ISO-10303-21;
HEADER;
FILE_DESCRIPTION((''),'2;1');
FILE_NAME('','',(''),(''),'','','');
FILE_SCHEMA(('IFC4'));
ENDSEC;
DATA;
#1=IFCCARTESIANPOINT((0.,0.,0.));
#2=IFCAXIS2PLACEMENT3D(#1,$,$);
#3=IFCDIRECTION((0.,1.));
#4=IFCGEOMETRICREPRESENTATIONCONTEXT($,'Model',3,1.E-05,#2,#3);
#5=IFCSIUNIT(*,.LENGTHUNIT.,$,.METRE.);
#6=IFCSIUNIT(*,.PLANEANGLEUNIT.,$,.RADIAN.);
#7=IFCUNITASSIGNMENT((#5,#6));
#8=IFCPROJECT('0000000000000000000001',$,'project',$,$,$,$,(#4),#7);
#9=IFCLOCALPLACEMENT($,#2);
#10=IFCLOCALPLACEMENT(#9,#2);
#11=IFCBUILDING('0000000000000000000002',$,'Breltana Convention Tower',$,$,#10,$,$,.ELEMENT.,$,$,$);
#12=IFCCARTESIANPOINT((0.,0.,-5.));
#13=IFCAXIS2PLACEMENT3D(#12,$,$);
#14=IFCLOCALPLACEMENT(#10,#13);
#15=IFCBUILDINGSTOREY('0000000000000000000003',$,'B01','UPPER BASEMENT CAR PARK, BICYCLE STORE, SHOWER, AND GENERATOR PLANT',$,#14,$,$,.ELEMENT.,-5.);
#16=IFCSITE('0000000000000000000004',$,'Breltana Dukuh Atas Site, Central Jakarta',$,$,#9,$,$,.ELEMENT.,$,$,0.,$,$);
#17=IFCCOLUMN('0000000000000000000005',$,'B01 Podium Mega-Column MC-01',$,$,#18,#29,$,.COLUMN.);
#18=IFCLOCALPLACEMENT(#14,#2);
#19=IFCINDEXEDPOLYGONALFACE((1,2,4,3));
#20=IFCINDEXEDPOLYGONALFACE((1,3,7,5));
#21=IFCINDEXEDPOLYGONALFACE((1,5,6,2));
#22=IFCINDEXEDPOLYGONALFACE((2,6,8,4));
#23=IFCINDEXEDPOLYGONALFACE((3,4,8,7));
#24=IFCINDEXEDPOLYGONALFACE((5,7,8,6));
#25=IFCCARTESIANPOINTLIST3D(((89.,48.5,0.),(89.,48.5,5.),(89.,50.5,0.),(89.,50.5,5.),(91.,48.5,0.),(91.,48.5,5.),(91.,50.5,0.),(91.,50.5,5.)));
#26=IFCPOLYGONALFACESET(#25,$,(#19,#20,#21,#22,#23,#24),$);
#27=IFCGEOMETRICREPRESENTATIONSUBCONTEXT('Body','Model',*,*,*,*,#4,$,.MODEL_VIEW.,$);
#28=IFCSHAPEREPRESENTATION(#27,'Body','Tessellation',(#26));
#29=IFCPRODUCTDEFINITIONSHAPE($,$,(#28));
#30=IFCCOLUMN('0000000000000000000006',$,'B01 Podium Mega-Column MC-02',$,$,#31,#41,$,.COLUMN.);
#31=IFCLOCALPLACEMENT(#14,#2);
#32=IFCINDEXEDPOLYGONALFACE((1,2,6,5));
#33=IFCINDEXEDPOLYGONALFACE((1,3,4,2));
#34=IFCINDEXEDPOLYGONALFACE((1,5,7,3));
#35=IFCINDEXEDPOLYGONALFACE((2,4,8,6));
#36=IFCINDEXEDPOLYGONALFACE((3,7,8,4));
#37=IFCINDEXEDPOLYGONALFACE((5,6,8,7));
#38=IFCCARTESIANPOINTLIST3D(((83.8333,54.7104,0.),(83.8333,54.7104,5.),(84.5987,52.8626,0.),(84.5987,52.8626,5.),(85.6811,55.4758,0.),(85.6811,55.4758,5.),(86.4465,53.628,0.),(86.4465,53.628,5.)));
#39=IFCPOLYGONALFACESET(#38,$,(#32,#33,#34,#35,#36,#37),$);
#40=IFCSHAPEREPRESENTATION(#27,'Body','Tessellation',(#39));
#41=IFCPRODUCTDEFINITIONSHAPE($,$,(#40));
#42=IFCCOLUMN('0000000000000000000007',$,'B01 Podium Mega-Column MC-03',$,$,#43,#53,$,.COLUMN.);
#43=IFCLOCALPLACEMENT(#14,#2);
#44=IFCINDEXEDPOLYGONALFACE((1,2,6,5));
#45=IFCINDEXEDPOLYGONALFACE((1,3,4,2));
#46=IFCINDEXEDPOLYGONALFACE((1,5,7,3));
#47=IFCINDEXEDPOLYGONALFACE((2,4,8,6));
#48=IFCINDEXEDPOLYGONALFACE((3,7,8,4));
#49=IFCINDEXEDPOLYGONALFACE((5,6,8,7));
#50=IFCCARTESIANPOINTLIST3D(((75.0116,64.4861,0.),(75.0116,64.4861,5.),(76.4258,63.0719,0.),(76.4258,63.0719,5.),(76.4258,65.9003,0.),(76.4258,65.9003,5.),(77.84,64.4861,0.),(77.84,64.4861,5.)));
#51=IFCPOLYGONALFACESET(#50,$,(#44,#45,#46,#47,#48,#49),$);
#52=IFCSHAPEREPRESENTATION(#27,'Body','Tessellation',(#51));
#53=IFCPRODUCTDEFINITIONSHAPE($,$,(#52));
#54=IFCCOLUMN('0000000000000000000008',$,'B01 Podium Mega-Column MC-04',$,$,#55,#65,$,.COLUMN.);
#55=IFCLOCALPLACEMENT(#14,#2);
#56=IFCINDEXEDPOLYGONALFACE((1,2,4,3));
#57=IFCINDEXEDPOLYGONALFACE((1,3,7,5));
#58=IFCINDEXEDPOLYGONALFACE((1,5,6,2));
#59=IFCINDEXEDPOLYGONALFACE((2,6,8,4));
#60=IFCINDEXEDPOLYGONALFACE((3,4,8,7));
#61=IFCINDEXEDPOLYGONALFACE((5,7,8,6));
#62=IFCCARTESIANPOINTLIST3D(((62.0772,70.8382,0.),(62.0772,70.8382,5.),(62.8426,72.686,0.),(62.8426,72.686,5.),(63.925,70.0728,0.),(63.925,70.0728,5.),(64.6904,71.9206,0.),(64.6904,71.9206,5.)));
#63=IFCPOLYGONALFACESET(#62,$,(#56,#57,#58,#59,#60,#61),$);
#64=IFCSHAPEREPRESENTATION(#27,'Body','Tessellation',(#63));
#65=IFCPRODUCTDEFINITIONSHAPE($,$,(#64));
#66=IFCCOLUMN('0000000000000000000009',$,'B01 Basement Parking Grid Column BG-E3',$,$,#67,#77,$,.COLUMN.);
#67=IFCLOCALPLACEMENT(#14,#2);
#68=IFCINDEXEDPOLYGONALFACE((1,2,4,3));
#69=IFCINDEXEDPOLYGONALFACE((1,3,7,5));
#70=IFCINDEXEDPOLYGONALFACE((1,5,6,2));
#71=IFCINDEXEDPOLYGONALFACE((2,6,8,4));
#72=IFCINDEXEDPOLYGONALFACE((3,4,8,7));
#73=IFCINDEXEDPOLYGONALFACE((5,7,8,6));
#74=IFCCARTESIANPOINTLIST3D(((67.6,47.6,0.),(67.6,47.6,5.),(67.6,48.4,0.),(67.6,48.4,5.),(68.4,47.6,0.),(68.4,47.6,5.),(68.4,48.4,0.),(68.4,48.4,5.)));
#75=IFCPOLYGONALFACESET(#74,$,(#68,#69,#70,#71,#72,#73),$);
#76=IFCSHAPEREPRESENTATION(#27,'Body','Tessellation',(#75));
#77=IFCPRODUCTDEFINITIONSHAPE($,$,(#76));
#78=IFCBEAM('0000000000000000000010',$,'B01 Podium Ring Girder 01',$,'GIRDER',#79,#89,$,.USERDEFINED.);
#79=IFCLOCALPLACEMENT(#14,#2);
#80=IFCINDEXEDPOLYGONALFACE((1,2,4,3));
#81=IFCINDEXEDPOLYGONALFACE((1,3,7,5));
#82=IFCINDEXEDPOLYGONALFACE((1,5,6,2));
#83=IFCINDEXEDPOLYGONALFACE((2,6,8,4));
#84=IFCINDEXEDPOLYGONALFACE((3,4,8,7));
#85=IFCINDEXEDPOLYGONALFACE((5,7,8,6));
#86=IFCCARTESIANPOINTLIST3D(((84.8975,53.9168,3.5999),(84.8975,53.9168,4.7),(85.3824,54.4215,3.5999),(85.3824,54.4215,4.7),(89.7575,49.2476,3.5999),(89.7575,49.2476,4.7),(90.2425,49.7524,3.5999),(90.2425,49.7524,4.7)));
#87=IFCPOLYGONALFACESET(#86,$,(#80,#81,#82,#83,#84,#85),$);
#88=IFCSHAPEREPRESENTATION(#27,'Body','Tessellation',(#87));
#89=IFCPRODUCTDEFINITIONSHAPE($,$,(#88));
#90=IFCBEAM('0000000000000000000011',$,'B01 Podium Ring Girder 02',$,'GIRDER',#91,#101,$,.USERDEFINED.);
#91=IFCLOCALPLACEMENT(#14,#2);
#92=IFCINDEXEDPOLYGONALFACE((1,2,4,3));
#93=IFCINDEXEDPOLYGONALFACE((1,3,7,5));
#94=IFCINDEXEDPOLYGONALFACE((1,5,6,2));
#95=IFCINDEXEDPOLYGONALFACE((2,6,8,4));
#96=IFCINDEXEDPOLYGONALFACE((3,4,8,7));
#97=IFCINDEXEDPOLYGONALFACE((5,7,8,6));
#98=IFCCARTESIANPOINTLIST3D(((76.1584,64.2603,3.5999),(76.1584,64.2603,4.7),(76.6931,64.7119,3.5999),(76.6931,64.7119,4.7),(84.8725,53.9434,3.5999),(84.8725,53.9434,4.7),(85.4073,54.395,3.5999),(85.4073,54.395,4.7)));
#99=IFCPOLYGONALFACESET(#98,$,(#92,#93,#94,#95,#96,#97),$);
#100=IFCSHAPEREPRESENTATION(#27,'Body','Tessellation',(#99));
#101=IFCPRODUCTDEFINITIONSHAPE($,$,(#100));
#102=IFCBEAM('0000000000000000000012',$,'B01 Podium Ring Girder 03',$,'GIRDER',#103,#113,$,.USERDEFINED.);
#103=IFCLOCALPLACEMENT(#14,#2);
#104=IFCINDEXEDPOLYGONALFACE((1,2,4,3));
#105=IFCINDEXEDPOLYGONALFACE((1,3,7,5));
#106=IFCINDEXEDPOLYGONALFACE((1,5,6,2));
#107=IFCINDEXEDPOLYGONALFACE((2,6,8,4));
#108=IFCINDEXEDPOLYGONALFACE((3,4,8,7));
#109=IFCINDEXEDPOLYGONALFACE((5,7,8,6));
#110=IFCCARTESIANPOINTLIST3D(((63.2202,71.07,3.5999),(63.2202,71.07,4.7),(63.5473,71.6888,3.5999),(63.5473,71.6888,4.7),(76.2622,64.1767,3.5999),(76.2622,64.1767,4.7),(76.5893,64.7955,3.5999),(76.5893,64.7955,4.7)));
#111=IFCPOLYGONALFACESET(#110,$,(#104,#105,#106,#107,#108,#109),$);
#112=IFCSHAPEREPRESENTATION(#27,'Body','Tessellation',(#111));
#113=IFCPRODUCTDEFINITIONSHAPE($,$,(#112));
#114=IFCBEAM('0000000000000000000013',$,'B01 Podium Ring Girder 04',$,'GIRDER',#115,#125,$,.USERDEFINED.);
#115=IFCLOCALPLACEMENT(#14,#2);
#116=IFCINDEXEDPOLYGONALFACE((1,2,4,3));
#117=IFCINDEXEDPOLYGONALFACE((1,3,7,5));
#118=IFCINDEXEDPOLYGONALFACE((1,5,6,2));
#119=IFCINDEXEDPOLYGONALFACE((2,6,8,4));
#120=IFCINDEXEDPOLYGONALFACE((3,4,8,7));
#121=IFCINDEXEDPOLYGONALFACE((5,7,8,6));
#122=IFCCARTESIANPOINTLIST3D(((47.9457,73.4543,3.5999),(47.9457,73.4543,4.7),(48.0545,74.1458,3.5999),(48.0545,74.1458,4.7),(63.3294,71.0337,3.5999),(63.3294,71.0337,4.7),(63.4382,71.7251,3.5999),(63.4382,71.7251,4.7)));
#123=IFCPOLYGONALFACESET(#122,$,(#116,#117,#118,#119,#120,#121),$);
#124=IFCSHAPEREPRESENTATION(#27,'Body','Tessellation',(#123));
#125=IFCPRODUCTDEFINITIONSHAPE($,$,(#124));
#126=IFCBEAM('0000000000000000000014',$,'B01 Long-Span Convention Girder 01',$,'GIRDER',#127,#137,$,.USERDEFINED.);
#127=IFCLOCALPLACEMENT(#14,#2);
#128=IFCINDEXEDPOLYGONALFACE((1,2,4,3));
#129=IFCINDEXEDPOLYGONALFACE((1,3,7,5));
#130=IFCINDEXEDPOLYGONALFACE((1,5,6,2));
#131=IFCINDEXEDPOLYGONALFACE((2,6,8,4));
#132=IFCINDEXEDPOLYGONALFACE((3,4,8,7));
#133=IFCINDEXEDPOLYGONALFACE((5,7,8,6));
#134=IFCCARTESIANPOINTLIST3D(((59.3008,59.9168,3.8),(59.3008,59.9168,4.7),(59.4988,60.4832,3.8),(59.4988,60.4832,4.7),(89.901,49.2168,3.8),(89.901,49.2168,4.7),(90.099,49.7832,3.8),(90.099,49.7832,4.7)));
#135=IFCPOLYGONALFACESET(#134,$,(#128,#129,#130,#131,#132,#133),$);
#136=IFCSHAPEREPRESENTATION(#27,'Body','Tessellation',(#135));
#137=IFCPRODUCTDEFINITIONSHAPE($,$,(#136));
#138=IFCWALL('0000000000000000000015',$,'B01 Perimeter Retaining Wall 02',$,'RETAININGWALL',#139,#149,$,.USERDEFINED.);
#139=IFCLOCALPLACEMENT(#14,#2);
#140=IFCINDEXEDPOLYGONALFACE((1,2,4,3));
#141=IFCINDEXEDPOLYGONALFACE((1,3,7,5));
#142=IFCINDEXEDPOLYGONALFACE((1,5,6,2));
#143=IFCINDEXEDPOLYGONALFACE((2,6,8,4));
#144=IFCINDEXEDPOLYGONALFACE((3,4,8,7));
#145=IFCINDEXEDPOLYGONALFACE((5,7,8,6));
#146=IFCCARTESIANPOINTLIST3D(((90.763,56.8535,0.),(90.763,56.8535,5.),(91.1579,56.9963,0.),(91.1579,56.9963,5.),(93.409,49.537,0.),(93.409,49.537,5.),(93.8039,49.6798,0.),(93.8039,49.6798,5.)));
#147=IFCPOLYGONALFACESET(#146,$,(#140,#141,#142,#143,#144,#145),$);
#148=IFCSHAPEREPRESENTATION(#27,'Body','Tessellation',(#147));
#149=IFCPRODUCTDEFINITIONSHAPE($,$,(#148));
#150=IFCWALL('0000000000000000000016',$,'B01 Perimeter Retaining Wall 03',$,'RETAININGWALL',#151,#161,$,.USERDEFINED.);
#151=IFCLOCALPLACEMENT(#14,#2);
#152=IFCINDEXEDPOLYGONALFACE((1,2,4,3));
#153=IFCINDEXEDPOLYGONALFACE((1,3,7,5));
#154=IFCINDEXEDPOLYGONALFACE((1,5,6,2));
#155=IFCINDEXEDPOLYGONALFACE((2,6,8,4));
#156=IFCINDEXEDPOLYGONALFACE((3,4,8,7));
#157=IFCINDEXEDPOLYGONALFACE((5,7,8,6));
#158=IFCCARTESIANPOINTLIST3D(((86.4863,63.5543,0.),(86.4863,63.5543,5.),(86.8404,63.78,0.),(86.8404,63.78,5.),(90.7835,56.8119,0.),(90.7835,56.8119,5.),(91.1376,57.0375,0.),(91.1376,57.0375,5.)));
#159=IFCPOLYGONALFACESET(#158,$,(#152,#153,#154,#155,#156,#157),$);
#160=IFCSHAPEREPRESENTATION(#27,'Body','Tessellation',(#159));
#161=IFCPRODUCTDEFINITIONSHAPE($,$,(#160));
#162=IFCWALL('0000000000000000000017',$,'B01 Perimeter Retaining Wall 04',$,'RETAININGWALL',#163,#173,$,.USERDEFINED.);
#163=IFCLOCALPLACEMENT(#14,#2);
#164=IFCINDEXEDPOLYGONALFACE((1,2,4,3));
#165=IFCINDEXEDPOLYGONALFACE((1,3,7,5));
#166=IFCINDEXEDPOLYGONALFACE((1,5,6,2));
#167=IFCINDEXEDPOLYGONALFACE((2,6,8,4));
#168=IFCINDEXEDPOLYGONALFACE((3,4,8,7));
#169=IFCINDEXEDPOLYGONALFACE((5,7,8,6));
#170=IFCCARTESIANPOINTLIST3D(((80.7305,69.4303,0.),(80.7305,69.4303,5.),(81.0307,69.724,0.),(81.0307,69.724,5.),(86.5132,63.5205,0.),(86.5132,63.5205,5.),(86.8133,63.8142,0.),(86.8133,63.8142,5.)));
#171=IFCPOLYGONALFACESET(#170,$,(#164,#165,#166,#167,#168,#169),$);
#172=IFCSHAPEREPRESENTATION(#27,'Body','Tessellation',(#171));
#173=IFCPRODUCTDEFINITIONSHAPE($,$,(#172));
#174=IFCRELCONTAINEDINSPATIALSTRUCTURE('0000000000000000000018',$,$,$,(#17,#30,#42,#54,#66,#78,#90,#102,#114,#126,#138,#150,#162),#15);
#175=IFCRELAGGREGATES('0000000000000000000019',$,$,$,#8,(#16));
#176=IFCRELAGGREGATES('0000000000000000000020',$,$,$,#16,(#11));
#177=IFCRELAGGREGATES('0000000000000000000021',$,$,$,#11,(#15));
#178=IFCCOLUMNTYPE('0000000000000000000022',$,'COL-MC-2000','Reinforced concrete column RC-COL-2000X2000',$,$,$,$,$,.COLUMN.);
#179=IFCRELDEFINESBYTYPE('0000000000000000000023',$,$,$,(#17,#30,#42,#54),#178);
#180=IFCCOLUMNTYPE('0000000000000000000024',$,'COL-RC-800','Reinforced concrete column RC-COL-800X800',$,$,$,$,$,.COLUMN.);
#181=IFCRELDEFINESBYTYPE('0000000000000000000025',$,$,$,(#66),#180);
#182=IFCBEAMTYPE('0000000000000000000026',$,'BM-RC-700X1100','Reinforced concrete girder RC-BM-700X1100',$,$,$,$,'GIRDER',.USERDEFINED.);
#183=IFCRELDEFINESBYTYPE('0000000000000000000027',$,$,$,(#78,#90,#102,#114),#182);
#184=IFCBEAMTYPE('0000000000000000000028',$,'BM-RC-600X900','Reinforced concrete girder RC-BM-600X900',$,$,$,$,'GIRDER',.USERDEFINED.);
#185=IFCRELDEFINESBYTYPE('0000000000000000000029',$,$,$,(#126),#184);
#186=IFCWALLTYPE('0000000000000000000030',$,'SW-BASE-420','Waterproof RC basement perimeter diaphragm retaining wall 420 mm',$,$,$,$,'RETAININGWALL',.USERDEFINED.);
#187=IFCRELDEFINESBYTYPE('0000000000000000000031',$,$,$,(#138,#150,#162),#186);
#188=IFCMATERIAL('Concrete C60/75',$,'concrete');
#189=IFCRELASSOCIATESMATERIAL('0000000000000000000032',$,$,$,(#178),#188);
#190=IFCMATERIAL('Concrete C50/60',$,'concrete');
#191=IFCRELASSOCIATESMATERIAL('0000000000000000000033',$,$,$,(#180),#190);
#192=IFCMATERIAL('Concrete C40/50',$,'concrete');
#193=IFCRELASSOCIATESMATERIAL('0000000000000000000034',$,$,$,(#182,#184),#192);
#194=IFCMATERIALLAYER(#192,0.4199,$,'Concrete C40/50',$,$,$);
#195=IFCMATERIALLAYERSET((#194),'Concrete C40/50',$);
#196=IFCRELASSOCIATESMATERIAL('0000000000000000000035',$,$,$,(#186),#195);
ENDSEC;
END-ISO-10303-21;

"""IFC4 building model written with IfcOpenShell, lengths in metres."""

from ifc_helpers import new_model, si_unit, direction, frame, frame_2d, origin, origin_2d, place, context, subcontext, project, spatial, rectangle, extrude, source, transform, mapped, material, layer, layer_set, material_profile, profile_set, type_object, type_shapes, element, save


model = new_model("IFC4")

# Units and contexts
model_context = context("Model", 3, precision=1e-05, world=origin(), true_north=direction((0.0, 1.0)))
body_context = subcontext(model_context, "Body", "Model", "MODEL_VIEW")
ifc_project = project(units=[si_unit("LENGTHUNIT", "METRE"), si_unit("PLANEANGLEUNIT", "RADIAN")], contexts=[model_context])

# Site, building, storey
site_placement = place(None, origin())
site = spatial("IfcSite", under=ifc_project, at=site_placement, Name="Breltana Dukuh Atas Site, Central Jakarta", CompositionType="ELEMENT", RefElevation=0.0)
building_placement = place(site_placement, origin())
building = spatial("IfcBuilding", under=site, at=building_placement, Name="Breltana Convention Tower", CompositionType="ELEMENT")
storey_placement = place(building_placement, frame((0.0, 0.0, -5.0)))
storey = spatial("IfcBuildingStorey", under=building, at=storey_placement, Name="B01", Description="UPPER BASEMENT CAR PARK, BICYCLE STORE, SHOWER, AND GENERATOR PLANT", CompositionType="ELEMENT", Elevation=-5.0)

# Columns
ifc_material_1 = material(Name="Concrete C60/75", Category="concrete")
ifc_material_profile_1 = material_profile(ifc_material_1, rectangle(XDim=2.0, YDim=2.0, at=origin_2d()), Name="RC-COL-2000X2000")
ifc_profile_set_1 = profile_set([ifc_material_profile_1], Name="Concrete C60/75")
column_type_1 = type_object("IfcColumnType", Name="COL-MC-2000", Description="Reinforced concrete column RC-COL-2000X2000", PredefinedType="COLUMN", material=ifc_profile_set_1)
shared_shape_1 = source(origin(), body_context, "Body", "SweptSolid", [
    extrude(rectangle(XDim=2.0, YDim=2.0, at=origin_2d()), origin(), (0.0, 0.0, 1.0), 5.0),
])
type_shapes(column_type_1, [shared_shape_1])
for number, where, z_axis, x_axis, name in (
    (1, (90.0, 49.5, 0.0), (0.0, 0.0, 1.0), (1.0, 0.0, 0.0), "B01 Podium Mega-Column MC-01"),
    (2, (85.1399, 54.1692, 0.0), (0.0, 0.0, 1.0), (0.92388, 0.382683, 0.0), "B01 Podium Mega-Column MC-02"),
    (3, (76.4258, 64.4861, 0.0), (0.0, 0.0, 1.0), (0.707107, 0.707107, 0.0), "B01 Podium Mega-Column MC-03"),
    (4, (63.3838, 71.3794, 0.0), (0.0, 0.0, 1.0), (0.382683, 0.92388, 0.0), "B01 Podium Mega-Column MC-04"),
):
    element("IfcColumn", number, at=place(storey_placement, frame(where, z_axis=z_axis, x_axis=x_axis)), inside=storey, type_object=column_type_1, Name=name, PredefinedType="COLUMN", context=body_context, shape_type="MappedRepresentation", body=[
        mapped(shared_shape_1, transform((0.0, 0.0, 0.0), scale=1.0)),
    ])
ifc_material_2 = material(Name="Concrete C50/60", Category="concrete")
ifc_material_profile_2 = material_profile(ifc_material_2, rectangle(XDim=0.8, YDim=0.8, at=origin_2d()), Name="RC-COL-800X800")
ifc_profile_set_2 = profile_set([ifc_material_profile_2], Name="Concrete C50/60")
column_type_2 = type_object("IfcColumnType", Name="COL-RC-800", Description="Reinforced concrete column RC-COL-800X800", PredefinedType="COLUMN", material=ifc_profile_set_2)
shared_shape_2 = source(origin(), body_context, "Body", "SweptSolid", [
    extrude(rectangle(XDim=0.8, YDim=0.8, at=origin_2d()), origin(), (0.0, 0.0, 1.0), 5.0),
])
type_shapes(column_type_2, [shared_shape_2])
column_placement = place(storey_placement, frame((68.0, 48.0, 0.0), z_axis=(0.0, 0.0, 1.0), x_axis=(1.0, 0.0, 0.0)))
element("IfcColumn", 5, at=column_placement, inside=storey, type_object=column_type_2, Name="B01 Basement Parking Grid Column BG-E3", PredefinedType="COLUMN", context=body_context, shape_type="MappedRepresentation", body=[
    mapped(shared_shape_2, transform((0.0, 0.0, 0.0), scale=1.0)),
])

# Beams
ifc_material_3 = material(Name="Concrete C40/50", Category="concrete")
ifc_material_profile_3 = material_profile(ifc_material_3, rectangle(XDim=0.7, YDim=1.1001, at=origin_2d()), Name="RC-BM-700X1100")
ifc_profile_set_3 = profile_set([ifc_material_profile_3], Name="Concrete C40/50")
beam_type_1 = type_object("IfcBeamType", Name="BM-RC-700X1100", Description="Reinforced concrete girder RC-BM-700X1100", ElementType="GIRDER", PredefinedType="USERDEFINED", material=ifc_profile_set_3)
shared_shape_3 = source(origin(), body_context, "Body", "SweptSolid", [
    extrude(rectangle(XDim=0.7, YDim=1.1001, at=origin_2d()), origin(), (0.0, 0.0, 1.0), 6.7395),
])
type_shapes(beam_type_1, [shared_shape_3])
beam_1_placement = place(storey_placement, frame((90.0, 49.5, 4.1499), z_axis=(-0.721129, 0.692801, 0.0), x_axis=(-0.692801, -0.721129, 0.0)))
element("IfcBeam", 6, at=beam_1_placement, inside=storey, type_object=beam_type_1, Name="B01 Podium Ring Girder 01", ObjectType="GIRDER", PredefinedType="USERDEFINED", context=body_context, shape_type="MappedRepresentation", body=[
    mapped(shared_shape_3, transform((0.0, 0.0, 0.0), scale=1.0)),
])
shared_shape_4 = source(origin(), body_context, "Body", "SweptSolid", [
    extrude(rectangle(XDim=0.7, YDim=1.1001, at=origin_2d()), origin(), (0.0, 0.0, 1.0), 13.5046),
])
beam_2_placement = place(storey_placement, frame((85.1399, 54.1692, 4.1499), z_axis=(-0.64527, 0.763954, 0.0), x_axis=(-0.763954, -0.64527, 0.0)))
element("IfcBeam", 7, at=beam_2_placement, inside=storey, type_object=beam_type_1, Name="B01 Podium Ring Girder 02", ObjectType="GIRDER", PredefinedType="USERDEFINED", context=body_context, shape_type="MappedRepresentation", body=[
    mapped(shared_shape_4, transform((0.0, 0.0, 0.0), scale=1.0)),
])
shared_shape_5 = source(origin(), body_context, "Body", "SweptSolid", [
    extrude(rectangle(XDim=0.7, YDim=1.1001, at=origin_2d()), origin(), (0.0, 0.0, 1.0), 14.7517),
])
beam_3_placement = place(storey_placement, frame((76.4258, 64.4861, 4.1499), z_axis=(-0.884104, 0.467291, 0.0), x_axis=(-0.467291, -0.884104, 0.0)))
element("IfcBeam", 8, at=beam_3_placement, inside=storey, type_object=beam_type_1, Name="B01 Podium Ring Girder 03", ObjectType="GIRDER", PredefinedType="USERDEFINED", context=body_context, shape_type="MappedRepresentation", body=[
    mapped(shared_shape_5, transform((0.0, 0.0, 0.0), scale=1.0)),
])
shared_shape_6 = source(origin(), body_context, "Body", "SweptSolid", [
    extrude(rectangle(XDim=0.7, YDim=1.1001, at=origin_2d()), origin(), (0.0, 0.0, 1.0), 15.573),
])
beam_4_placement = place(storey_placement, frame((63.3838, 71.3794, 4.1499), z_axis=(-0.987846, 0.155438, 0.0), x_axis=(-0.155438, -0.987846, 0.0)))
element("IfcBeam", 9, at=beam_4_placement, inside=storey, type_object=beam_type_1, Name="B01 Podium Ring Girder 04", ObjectType="GIRDER", PredefinedType="USERDEFINED", context=body_context, shape_type="MappedRepresentation", body=[
    mapped(shared_shape_6, transform((0.0, 0.0, 0.0), scale=1.0)),
])
ifc_material_profile_4 = material_profile(ifc_material_3, rectangle(XDim=0.6001, YDim=0.8999, at=origin_2d()), Name="RC-BM-600X900")
ifc_profile_set_4 = profile_set([ifc_material_profile_4], Name="Concrete C40/50")
beam_type_2 = type_object("IfcBeamType", Name="BM-RC-600X900", Description="Reinforced concrete girder RC-BM-600X900", ElementType="GIRDER", PredefinedType="USERDEFINED", material=ifc_profile_set_4)
shared_shape_7 = source(origin(), body_context, "Body", "SweptSolid", [
    extrude(rectangle(XDim=0.6001, YDim=0.8999, at=origin_2d()), origin(), (0.0, 0.0, 1.0), 32.417),
])
type_shapes(beam_type_2, [shared_shape_7])
beam_5_placement = place(storey_placement, frame((90.0, 49.5, 4.25), z_axis=(-0.943955, 0.330073, 0.0), x_axis=(-0.330073, -0.943955, 0.0)))
element("IfcBeam", 10, at=beam_5_placement, inside=storey, type_object=beam_type_2, Name="B01 Long-Span Convention Girder 01", ObjectType="GIRDER", PredefinedType="USERDEFINED", context=body_context, shape_type="MappedRepresentation", body=[
    mapped(shared_shape_7, transform((0.0, 0.0, 0.0), scale=1.0)),
])

# Walls
ifc_layer_1 = layer(ifc_material_3, 0.4199, Name="Concrete C40/50")
ifc_layer_set_1 = layer_set([ifc_layer_1], Name="Concrete C40/50")
wall_type_1 = type_object("IfcWallType", Name="SW-BASE-420", Description="Waterproof RC basement perimeter diaphragm retaining wall 420 mm", ElementType="RETAININGWALL", PredefinedType="USERDEFINED", material=ifc_layer_set_1)
shared_shape_8 = source(origin(), body_context, "Body", "SweptSolid", [
    extrude(rectangle(XDim=7.7803, YDim=0.4199, at=frame_2d((3.8901, 0.0))), origin(), (0.0, 0.0, 1.0), 5.0),
])
wall_1_placement = place(storey_placement, frame((93.6064, 49.6084, 0.0), z_axis=(0.0, 0.0, 1.0), x_axis=(-0.340095, 0.940391, 0.0)))
element("IfcWall", 11, at=wall_1_placement, inside=storey, type_object=wall_type_1, Name="B01 Perimeter Retaining Wall 02", ObjectType="RETAININGWALL", PredefinedType="USERDEFINED", context=body_context, shape_type="MappedRepresentation", body=[
    mapped(shared_shape_8, transform((0.0, 0.0, 0.0), scale=1.0)),
])
shared_shape_9 = source(origin(), body_context, "Body", "SweptSolid", [
    extrude(rectangle(XDim=7.9954, YDim=0.4199, at=frame_2d((3.9976, 0.0))), origin(), (0.0, 0.0, 1.0), 5.0),
])
wall_2_placement = place(storey_placement, frame((90.9604, 56.9248, 0.0), z_axis=(0.0, 0.0, 1.0), x_axis=(-0.537452, 0.843294, 0.0)))
element("IfcWall", 12, at=wall_2_placement, inside=storey, type_object=wall_type_1, Name="B01 Perimeter Retaining Wall 03", ObjectType="RETAININGWALL", PredefinedType="USERDEFINED", context=body_context, shape_type="MappedRepresentation", body=[
    mapped(shared_shape_9, transform((0.0, 0.0, 0.0), scale=1.0)),
])
shared_shape_10 = source(origin(), body_context, "Body", "SweptSolid", [
    extrude(rectangle(XDim=8.2683, YDim=0.4199, at=frame_2d((4.1343, 0.0))), origin(), (0.0, 0.0, 1.0), 5.0),
])
wall_3_placement = place(storey_placement, frame((86.6633, 63.6672, 0.0), z_axis=(0.0, 0.0, 1.0), x_axis=(-0.699373, 0.714757, 0.0)))
element("IfcWall", 13, at=wall_3_placement, inside=storey, type_object=wall_type_1, Name="B01 Perimeter Retaining Wall 04", ObjectType="RETAININGWALL", PredefinedType="USERDEFINED", context=body_context, shape_type="MappedRepresentation", body=[
    mapped(shared_shape_10, transform((0.0, 0.0, 0.0), scale=1.0)),
])

save(model, "model.ifc")
